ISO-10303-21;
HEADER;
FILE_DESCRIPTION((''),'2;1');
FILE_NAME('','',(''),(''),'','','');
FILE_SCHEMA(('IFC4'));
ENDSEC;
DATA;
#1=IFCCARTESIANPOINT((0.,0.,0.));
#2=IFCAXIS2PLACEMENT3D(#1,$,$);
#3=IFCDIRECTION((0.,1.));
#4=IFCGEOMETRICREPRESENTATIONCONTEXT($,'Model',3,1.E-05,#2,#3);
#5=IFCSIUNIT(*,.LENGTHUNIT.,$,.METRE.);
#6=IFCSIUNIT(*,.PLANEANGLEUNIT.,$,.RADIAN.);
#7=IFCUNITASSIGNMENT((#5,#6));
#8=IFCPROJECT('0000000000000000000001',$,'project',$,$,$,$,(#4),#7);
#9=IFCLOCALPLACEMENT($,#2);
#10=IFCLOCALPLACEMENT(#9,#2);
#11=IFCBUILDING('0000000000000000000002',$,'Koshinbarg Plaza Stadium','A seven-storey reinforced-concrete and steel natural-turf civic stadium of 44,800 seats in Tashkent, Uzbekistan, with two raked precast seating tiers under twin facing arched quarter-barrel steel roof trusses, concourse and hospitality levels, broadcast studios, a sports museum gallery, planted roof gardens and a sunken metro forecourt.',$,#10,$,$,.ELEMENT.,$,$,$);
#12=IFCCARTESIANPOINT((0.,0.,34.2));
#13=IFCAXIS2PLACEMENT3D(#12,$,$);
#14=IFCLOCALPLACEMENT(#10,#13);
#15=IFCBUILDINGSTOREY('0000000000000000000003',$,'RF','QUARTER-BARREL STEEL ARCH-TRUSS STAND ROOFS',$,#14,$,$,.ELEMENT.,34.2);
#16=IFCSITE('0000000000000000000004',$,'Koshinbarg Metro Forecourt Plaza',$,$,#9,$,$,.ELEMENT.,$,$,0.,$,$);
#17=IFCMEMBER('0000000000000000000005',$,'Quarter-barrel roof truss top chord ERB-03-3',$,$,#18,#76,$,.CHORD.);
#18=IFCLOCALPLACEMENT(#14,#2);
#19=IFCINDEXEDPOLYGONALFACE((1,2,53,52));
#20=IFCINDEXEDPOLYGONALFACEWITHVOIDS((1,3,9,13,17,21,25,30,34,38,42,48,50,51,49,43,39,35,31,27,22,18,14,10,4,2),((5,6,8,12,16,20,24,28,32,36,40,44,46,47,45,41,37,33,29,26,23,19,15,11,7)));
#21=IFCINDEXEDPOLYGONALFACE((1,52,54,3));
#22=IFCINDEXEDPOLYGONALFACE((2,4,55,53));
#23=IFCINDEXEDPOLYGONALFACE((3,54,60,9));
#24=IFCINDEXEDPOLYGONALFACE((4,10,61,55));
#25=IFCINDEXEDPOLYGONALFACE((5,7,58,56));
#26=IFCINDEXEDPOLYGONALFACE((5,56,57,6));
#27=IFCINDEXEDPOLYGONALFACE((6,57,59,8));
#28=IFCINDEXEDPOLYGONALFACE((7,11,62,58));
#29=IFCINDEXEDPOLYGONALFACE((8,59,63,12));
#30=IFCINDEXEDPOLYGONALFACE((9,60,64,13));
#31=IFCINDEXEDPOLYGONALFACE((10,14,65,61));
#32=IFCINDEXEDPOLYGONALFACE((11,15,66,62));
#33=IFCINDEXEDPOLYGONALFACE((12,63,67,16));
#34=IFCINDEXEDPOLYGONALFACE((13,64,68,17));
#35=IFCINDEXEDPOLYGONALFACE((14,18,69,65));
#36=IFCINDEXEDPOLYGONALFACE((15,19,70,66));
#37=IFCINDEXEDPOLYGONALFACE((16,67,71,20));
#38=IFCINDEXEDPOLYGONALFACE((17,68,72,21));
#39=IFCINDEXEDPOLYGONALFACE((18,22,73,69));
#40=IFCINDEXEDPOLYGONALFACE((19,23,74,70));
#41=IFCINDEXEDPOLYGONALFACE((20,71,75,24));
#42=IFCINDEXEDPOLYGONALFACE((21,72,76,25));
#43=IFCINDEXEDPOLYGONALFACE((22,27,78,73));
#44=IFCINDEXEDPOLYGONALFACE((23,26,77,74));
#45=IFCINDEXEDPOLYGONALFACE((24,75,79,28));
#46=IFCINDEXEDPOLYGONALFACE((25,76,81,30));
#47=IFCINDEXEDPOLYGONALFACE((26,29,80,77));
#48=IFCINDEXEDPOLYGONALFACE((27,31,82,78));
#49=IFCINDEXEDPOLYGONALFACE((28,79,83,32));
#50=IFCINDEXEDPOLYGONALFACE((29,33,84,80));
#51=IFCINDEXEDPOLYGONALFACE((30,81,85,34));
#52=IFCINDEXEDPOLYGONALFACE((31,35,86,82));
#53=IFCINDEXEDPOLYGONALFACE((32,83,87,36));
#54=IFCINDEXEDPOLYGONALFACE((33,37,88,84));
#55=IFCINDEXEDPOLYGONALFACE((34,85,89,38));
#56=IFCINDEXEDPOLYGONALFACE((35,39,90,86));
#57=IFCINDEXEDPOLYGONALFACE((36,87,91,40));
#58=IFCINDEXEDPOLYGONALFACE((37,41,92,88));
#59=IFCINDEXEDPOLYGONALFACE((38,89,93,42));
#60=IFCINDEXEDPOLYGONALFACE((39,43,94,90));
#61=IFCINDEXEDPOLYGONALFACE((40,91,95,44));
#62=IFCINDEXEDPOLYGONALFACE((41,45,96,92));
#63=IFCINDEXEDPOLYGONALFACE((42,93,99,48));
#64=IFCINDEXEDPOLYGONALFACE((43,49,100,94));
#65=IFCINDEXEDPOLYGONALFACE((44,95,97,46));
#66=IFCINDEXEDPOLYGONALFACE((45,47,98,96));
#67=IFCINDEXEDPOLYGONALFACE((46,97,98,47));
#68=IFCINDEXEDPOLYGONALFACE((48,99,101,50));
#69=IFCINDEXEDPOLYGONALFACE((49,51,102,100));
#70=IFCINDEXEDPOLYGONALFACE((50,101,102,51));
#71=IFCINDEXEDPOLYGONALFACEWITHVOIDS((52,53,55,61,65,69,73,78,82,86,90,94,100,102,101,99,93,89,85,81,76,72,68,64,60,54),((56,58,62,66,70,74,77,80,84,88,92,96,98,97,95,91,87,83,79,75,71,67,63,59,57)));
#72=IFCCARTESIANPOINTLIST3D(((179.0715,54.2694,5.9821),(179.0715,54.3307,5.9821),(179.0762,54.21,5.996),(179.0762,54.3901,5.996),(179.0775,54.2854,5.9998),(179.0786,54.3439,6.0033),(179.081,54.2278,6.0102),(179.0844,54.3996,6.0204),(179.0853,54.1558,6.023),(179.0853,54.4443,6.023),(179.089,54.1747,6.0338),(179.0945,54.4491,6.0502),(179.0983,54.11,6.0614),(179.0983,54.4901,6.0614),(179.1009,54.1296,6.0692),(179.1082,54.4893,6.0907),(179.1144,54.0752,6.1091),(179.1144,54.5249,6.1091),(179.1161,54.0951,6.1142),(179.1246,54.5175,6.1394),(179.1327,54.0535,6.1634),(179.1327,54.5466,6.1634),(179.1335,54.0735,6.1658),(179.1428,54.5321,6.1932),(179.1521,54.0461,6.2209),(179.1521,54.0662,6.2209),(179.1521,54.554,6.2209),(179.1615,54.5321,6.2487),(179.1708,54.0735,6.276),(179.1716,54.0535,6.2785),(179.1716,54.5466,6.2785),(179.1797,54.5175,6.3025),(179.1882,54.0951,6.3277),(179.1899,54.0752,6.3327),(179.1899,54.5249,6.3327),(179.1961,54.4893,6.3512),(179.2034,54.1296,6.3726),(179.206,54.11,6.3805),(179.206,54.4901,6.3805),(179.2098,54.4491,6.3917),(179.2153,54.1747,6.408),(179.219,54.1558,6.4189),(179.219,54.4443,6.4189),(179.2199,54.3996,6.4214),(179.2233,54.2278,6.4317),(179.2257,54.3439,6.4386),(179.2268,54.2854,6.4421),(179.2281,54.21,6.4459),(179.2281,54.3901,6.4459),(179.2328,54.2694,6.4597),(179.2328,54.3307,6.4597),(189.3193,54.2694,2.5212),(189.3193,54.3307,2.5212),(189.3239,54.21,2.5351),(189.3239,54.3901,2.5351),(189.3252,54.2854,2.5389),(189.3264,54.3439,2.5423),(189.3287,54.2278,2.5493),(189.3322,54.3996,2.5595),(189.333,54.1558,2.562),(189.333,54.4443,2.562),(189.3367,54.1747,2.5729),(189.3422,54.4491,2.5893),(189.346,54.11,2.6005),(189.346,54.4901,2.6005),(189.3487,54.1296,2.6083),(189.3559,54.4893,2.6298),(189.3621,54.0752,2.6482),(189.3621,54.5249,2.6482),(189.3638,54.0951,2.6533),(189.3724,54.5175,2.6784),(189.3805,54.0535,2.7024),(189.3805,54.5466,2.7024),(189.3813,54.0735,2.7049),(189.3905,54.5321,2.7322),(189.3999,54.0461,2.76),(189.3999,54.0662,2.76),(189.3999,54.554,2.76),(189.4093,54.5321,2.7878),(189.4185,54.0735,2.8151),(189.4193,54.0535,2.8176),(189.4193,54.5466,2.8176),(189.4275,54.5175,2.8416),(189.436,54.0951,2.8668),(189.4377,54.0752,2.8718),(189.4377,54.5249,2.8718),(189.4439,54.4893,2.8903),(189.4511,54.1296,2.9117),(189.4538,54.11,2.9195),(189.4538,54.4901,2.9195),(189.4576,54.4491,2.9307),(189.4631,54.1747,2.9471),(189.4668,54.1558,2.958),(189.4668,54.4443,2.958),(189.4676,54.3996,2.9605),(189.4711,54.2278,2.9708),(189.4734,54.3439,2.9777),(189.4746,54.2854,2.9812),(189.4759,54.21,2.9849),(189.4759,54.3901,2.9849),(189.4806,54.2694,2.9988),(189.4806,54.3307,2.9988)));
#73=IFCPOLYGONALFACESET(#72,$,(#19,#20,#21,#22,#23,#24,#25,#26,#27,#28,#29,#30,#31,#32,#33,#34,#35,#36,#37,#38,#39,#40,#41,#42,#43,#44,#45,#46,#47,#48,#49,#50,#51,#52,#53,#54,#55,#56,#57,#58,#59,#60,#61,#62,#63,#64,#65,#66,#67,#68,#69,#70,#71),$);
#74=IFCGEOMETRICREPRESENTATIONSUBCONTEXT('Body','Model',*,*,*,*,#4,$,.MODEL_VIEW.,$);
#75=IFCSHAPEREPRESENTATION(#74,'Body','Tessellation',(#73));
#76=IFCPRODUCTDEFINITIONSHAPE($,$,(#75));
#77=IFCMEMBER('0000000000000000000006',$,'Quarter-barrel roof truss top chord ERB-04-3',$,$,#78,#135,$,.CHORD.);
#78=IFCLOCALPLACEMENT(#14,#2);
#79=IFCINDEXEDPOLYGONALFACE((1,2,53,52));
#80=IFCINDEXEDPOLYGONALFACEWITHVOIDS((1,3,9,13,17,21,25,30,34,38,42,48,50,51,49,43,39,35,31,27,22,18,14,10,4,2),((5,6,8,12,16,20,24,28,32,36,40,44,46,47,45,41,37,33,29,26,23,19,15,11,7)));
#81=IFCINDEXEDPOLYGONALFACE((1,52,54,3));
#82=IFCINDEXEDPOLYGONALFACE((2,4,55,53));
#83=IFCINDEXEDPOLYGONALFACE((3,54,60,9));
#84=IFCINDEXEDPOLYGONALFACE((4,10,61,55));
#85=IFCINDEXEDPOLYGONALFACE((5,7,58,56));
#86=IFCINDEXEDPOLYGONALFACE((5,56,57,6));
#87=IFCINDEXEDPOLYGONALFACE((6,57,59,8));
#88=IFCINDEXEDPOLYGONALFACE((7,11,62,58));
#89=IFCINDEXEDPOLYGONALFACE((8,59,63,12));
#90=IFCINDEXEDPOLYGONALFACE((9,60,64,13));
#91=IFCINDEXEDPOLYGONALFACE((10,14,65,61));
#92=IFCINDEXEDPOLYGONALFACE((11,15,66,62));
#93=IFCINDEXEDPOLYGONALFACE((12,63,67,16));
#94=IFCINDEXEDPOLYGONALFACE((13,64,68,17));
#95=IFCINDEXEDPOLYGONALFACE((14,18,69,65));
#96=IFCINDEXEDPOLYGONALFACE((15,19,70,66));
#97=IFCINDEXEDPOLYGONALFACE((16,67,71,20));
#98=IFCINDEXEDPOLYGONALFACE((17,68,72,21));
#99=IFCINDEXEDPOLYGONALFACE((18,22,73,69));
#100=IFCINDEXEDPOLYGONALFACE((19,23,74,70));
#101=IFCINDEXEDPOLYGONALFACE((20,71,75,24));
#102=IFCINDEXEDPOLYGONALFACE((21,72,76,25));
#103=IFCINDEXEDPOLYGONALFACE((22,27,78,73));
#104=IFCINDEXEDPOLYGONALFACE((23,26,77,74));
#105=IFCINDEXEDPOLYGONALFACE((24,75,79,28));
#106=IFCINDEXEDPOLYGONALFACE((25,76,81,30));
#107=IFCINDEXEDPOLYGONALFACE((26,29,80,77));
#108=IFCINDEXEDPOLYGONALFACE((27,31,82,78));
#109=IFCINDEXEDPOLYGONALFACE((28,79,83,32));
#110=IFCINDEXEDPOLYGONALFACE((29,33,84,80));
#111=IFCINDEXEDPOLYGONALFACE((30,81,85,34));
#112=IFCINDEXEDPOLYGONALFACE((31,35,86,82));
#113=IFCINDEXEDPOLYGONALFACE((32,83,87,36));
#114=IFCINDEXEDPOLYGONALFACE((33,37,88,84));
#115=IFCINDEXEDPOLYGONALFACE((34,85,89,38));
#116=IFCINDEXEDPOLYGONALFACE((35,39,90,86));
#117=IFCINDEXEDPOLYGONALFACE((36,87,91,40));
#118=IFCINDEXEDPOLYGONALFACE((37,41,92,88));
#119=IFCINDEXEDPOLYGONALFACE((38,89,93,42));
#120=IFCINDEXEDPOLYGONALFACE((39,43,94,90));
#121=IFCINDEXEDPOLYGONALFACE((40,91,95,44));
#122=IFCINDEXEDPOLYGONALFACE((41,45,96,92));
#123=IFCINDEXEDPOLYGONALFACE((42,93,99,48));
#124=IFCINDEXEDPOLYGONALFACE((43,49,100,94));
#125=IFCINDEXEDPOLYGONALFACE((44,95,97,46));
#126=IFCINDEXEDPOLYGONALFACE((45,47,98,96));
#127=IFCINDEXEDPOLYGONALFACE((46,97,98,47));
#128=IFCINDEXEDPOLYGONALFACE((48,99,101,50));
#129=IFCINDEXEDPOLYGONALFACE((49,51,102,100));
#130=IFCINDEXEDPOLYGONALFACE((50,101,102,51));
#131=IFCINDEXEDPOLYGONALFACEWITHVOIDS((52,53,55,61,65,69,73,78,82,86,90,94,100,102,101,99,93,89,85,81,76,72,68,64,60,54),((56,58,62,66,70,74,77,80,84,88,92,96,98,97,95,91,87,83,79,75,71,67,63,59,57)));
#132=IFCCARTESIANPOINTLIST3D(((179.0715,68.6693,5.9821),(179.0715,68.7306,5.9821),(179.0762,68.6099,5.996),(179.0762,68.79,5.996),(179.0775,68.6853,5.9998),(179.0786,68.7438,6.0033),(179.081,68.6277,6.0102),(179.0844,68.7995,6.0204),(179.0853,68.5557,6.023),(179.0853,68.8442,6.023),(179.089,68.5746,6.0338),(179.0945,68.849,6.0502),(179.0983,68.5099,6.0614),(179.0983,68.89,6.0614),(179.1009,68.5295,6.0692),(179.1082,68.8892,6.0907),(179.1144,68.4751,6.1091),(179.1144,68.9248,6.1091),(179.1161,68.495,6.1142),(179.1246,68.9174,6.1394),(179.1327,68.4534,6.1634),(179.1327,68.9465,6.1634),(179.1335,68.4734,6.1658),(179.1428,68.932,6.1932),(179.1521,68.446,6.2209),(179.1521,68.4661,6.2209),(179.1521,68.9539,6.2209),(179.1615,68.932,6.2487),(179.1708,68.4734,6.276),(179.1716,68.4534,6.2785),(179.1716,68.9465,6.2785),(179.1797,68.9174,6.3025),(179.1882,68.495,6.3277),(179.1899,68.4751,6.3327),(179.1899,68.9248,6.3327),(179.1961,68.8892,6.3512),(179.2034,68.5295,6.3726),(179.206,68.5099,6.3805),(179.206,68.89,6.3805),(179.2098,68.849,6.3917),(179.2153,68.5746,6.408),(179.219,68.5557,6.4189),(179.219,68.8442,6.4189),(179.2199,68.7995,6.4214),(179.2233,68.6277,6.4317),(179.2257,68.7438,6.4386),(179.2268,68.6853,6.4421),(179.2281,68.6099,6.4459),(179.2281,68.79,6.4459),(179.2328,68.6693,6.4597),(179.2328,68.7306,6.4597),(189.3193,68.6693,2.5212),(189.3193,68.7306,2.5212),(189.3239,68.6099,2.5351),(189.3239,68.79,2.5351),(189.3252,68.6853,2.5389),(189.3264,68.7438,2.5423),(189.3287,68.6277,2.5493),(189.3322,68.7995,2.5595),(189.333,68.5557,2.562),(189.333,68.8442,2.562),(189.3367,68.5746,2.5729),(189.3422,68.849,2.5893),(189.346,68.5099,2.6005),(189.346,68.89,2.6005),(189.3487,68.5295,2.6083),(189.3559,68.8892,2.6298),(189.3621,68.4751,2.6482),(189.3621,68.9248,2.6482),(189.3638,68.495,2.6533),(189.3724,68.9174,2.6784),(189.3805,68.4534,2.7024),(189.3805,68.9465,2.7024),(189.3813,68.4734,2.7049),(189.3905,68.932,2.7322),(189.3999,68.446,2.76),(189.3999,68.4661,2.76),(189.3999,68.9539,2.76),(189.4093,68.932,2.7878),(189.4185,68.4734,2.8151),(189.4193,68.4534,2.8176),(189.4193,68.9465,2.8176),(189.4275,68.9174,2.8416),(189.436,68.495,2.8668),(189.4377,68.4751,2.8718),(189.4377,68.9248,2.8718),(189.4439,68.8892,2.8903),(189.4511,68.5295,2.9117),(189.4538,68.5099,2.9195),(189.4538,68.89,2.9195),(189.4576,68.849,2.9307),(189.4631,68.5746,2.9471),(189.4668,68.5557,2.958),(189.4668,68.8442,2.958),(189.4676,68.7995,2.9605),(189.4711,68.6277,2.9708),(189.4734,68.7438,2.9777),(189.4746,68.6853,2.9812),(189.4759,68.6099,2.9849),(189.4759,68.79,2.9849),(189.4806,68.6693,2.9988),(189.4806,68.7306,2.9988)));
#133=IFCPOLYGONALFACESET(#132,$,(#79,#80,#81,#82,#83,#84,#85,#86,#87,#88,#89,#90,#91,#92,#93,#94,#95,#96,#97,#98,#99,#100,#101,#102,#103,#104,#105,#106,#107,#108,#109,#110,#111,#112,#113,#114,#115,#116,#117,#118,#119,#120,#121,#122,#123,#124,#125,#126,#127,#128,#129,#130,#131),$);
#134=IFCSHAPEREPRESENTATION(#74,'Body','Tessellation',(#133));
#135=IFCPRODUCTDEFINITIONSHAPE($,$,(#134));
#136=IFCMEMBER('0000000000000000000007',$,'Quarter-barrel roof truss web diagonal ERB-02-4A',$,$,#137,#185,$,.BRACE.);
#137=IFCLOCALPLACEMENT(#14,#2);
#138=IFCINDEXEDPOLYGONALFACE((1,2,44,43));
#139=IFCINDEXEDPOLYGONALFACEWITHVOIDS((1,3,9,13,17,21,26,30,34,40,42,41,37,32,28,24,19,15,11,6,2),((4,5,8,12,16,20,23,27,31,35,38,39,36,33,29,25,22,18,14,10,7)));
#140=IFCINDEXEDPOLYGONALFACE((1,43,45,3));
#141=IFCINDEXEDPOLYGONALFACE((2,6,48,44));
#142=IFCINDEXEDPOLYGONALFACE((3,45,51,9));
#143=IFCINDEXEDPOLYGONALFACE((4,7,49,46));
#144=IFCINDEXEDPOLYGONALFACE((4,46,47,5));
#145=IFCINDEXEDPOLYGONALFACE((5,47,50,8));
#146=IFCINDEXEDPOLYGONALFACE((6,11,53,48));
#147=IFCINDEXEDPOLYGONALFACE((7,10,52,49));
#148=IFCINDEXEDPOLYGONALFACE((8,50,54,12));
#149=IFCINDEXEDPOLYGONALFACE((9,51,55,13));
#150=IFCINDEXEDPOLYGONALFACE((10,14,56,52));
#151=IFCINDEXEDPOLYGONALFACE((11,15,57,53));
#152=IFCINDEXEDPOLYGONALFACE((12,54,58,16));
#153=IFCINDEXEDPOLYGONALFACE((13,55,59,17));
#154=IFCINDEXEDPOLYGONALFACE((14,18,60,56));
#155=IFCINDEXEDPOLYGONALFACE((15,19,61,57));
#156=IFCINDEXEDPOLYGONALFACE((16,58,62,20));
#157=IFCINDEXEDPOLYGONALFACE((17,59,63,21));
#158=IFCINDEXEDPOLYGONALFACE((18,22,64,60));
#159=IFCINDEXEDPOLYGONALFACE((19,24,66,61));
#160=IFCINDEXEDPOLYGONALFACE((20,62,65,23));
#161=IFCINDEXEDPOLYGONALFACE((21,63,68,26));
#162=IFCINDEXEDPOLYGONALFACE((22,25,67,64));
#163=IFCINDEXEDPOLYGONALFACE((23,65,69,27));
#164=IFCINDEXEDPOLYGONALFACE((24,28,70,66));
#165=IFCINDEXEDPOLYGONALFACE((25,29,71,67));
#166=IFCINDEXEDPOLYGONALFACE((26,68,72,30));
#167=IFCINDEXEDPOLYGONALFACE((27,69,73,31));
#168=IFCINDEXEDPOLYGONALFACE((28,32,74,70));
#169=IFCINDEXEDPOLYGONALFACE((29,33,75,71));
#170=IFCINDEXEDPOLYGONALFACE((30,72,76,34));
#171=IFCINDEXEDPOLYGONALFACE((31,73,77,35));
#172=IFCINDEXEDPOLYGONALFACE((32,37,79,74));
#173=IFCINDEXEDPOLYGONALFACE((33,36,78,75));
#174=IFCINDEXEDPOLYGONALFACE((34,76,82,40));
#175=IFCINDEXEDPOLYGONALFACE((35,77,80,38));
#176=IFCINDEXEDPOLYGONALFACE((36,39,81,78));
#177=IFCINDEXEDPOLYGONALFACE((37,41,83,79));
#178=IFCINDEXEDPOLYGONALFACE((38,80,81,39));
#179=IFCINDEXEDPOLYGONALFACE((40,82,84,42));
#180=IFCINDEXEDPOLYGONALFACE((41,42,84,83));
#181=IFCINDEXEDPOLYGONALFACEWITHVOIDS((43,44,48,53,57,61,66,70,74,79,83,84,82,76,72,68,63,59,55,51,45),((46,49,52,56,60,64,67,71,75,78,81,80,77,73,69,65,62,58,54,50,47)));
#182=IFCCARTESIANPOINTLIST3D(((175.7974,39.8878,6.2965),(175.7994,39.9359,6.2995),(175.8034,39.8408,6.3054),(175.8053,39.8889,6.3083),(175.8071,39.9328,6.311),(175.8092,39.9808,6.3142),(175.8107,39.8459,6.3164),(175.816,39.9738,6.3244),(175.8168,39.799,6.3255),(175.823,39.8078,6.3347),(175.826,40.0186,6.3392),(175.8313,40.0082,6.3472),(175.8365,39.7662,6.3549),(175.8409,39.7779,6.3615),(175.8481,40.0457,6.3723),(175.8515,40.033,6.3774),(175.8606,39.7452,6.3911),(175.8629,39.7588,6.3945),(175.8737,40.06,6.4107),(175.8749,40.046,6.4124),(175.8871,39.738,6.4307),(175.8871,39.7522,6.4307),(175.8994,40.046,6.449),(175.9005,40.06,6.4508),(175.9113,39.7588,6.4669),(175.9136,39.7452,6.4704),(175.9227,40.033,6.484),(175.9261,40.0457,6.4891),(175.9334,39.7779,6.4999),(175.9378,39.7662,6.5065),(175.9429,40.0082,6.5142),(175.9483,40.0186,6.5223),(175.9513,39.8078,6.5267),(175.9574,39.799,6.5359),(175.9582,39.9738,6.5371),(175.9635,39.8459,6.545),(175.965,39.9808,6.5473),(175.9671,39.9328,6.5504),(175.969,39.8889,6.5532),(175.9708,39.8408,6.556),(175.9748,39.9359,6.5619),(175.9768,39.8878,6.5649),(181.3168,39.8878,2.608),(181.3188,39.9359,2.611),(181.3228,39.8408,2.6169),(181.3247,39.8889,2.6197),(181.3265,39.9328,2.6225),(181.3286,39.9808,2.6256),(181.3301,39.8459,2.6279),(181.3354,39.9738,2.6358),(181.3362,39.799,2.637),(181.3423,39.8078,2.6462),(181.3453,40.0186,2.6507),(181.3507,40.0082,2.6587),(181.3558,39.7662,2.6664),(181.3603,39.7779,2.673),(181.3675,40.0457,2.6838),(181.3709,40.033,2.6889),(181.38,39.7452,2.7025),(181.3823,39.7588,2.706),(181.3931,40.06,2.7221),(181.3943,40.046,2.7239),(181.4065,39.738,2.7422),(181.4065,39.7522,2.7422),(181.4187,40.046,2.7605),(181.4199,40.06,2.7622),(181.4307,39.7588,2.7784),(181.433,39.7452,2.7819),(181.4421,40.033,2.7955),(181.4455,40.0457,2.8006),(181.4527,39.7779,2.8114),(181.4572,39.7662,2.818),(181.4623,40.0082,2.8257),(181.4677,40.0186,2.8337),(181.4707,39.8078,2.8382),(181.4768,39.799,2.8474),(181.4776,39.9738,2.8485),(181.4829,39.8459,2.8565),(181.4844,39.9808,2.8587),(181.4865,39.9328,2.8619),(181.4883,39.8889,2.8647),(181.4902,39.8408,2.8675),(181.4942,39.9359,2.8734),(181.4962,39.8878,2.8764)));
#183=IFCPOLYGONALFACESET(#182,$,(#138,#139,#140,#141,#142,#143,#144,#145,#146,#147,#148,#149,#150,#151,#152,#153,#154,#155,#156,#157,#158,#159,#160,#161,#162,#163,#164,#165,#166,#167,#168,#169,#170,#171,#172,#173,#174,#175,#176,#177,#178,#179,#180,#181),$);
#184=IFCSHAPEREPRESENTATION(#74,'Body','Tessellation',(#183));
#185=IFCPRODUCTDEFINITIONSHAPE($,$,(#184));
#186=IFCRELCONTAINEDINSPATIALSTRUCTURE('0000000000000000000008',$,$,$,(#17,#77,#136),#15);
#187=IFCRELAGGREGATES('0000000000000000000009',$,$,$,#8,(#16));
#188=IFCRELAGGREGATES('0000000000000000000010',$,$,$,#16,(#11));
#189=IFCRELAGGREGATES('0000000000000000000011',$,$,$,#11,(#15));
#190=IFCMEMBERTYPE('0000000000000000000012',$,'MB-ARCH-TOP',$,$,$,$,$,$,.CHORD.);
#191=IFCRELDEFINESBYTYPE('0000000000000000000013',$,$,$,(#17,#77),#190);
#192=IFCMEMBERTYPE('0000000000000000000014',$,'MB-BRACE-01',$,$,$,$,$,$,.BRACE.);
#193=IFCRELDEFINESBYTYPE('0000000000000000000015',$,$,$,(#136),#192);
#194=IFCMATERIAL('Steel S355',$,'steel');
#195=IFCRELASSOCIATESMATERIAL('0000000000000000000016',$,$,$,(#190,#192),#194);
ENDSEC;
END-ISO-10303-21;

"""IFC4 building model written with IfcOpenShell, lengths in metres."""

from ifc_helpers import new_model, si_unit, direction, frame, origin, origin_2d, place, context, subcontext, project, spatial, hollow_circle, extrude, material, material_profile, profile_set, type_object, element, save


model = new_model("IFC4")

# Units and contexts
model_context = context("Model", 3, precision=1e-05, world=origin(), true_north=direction((0.0, 1.0)))
body_context = subcontext(model_context, "Body", "Model", "MODEL_VIEW")
ifc_project = project(units=[si_unit("LENGTHUNIT", "METRE"), si_unit("PLANEANGLEUNIT", "RADIAN")], contexts=[model_context])

# Site, building, storey
site_placement = place(None, origin())
site = spatial("IfcSite", under=ifc_project, at=site_placement, Name="Koshinbarg Metro Forecourt Plaza", CompositionType="ELEMENT", RefElevation=0.0)
building_placement = place(site_placement, origin())
building = spatial("IfcBuilding", under=site, at=building_placement, Name="Koshinbarg Plaza Stadium", Description="A seven-storey reinforced-concrete and steel natural-turf civic stadium of 44,800 seats in Tashkent, Uzbekistan, with two raked precast seating tiers under twin facing arched quarter-barrel steel roof trusses, concourse and hospitality levels, broadcast studios, a sports museum gallery, planted roof gardens and a sunken metro forecourt.", CompositionType="ELEMENT")
storey_placement = place(building_placement, frame((0.0, 0.0, 34.2)))
storey = spatial("IfcBuildingStorey", under=building, at=storey_placement, Name="RF", Description="QUARTER-BARREL STEEL ARCH-TRUSS STAND ROOFS", CompositionType="ELEMENT", Elevation=34.2)

# Members
ifc_material_1 = material(Name="Steel S355", Category="steel")
ifc_material_profile_1 = material_profile(ifc_material_1, hollow_circle(Radius=0.2539, WallThickness=0.02, at=origin_2d()), Name="CHS 508x20")
ifc_profile_set_1 = profile_set([ifc_material_profile_1], Name="Steel S355")
member_type_1 = type_object("IfcMemberType", Name="MB-ARCH-TOP", PredefinedType="CHORD", material=ifc_profile_set_1)
for number, where, z_axis, x_axis, name in (
    (1, (189.3999, 54.3, 2.76), (-0.947428, 0.0, 0.31997), (0.0, -1.0, 0.0), "Quarter-barrel roof truss top chord ERB-03-3"),
    (2, (189.3999, 68.7, 2.76), (-0.947428, 0.0, 0.31997), (0.0, -1.0, 0.0), "Quarter-barrel roof truss top chord ERB-04-3"),
):
    element("IfcMember", number, at=place(storey_placement, frame(where, z_axis=z_axis, x_axis=x_axis)), inside=storey, type_object=member_type_1, Name=name, PredefinedType="CHORD", context=body_context, shape_type="SweptSolid", body=[
        extrude(hollow_circle(Radius=0.2539, WallThickness=0.02, at=origin_2d()), origin(), (0.0, 0.0, 1.0), 10.8164),
    ])
ifc_material_profile_2 = material_profile(ifc_material_1, hollow_circle(Radius=0.1619, WallThickness=0.0142, at=origin_2d()), Name="CHS 323.9x14.2")
ifc_profile_set_2 = profile_set([ifc_material_profile_2], Name="Steel S355")
member_type_2 = type_object("IfcMemberType", Name="MB-BRACE-01", PredefinedType="BRACE", material=ifc_profile_set_2)
member_1_placement = place(storey_placement, frame((181.4065, 39.8999, 2.7422), z_axis=(-0.831427, 0.0, 0.555633), x_axis=(0.0, -1.0, 0.0)))
element("IfcMember", 3, at=member_1_placement, inside=storey, type_object=member_type_2, Name="Quarter-barrel roof truss web diagonal ERB-02-4A", PredefinedType="BRACE", context=body_context, shape_type="SweptSolid", body=[
    extrude(hollow_circle(Radius=0.1619, WallThickness=0.0142, at=origin_2d()), origin(), (0.0, 0.0, 1.0), 6.6384),
])

save(model, "model.ifc")
